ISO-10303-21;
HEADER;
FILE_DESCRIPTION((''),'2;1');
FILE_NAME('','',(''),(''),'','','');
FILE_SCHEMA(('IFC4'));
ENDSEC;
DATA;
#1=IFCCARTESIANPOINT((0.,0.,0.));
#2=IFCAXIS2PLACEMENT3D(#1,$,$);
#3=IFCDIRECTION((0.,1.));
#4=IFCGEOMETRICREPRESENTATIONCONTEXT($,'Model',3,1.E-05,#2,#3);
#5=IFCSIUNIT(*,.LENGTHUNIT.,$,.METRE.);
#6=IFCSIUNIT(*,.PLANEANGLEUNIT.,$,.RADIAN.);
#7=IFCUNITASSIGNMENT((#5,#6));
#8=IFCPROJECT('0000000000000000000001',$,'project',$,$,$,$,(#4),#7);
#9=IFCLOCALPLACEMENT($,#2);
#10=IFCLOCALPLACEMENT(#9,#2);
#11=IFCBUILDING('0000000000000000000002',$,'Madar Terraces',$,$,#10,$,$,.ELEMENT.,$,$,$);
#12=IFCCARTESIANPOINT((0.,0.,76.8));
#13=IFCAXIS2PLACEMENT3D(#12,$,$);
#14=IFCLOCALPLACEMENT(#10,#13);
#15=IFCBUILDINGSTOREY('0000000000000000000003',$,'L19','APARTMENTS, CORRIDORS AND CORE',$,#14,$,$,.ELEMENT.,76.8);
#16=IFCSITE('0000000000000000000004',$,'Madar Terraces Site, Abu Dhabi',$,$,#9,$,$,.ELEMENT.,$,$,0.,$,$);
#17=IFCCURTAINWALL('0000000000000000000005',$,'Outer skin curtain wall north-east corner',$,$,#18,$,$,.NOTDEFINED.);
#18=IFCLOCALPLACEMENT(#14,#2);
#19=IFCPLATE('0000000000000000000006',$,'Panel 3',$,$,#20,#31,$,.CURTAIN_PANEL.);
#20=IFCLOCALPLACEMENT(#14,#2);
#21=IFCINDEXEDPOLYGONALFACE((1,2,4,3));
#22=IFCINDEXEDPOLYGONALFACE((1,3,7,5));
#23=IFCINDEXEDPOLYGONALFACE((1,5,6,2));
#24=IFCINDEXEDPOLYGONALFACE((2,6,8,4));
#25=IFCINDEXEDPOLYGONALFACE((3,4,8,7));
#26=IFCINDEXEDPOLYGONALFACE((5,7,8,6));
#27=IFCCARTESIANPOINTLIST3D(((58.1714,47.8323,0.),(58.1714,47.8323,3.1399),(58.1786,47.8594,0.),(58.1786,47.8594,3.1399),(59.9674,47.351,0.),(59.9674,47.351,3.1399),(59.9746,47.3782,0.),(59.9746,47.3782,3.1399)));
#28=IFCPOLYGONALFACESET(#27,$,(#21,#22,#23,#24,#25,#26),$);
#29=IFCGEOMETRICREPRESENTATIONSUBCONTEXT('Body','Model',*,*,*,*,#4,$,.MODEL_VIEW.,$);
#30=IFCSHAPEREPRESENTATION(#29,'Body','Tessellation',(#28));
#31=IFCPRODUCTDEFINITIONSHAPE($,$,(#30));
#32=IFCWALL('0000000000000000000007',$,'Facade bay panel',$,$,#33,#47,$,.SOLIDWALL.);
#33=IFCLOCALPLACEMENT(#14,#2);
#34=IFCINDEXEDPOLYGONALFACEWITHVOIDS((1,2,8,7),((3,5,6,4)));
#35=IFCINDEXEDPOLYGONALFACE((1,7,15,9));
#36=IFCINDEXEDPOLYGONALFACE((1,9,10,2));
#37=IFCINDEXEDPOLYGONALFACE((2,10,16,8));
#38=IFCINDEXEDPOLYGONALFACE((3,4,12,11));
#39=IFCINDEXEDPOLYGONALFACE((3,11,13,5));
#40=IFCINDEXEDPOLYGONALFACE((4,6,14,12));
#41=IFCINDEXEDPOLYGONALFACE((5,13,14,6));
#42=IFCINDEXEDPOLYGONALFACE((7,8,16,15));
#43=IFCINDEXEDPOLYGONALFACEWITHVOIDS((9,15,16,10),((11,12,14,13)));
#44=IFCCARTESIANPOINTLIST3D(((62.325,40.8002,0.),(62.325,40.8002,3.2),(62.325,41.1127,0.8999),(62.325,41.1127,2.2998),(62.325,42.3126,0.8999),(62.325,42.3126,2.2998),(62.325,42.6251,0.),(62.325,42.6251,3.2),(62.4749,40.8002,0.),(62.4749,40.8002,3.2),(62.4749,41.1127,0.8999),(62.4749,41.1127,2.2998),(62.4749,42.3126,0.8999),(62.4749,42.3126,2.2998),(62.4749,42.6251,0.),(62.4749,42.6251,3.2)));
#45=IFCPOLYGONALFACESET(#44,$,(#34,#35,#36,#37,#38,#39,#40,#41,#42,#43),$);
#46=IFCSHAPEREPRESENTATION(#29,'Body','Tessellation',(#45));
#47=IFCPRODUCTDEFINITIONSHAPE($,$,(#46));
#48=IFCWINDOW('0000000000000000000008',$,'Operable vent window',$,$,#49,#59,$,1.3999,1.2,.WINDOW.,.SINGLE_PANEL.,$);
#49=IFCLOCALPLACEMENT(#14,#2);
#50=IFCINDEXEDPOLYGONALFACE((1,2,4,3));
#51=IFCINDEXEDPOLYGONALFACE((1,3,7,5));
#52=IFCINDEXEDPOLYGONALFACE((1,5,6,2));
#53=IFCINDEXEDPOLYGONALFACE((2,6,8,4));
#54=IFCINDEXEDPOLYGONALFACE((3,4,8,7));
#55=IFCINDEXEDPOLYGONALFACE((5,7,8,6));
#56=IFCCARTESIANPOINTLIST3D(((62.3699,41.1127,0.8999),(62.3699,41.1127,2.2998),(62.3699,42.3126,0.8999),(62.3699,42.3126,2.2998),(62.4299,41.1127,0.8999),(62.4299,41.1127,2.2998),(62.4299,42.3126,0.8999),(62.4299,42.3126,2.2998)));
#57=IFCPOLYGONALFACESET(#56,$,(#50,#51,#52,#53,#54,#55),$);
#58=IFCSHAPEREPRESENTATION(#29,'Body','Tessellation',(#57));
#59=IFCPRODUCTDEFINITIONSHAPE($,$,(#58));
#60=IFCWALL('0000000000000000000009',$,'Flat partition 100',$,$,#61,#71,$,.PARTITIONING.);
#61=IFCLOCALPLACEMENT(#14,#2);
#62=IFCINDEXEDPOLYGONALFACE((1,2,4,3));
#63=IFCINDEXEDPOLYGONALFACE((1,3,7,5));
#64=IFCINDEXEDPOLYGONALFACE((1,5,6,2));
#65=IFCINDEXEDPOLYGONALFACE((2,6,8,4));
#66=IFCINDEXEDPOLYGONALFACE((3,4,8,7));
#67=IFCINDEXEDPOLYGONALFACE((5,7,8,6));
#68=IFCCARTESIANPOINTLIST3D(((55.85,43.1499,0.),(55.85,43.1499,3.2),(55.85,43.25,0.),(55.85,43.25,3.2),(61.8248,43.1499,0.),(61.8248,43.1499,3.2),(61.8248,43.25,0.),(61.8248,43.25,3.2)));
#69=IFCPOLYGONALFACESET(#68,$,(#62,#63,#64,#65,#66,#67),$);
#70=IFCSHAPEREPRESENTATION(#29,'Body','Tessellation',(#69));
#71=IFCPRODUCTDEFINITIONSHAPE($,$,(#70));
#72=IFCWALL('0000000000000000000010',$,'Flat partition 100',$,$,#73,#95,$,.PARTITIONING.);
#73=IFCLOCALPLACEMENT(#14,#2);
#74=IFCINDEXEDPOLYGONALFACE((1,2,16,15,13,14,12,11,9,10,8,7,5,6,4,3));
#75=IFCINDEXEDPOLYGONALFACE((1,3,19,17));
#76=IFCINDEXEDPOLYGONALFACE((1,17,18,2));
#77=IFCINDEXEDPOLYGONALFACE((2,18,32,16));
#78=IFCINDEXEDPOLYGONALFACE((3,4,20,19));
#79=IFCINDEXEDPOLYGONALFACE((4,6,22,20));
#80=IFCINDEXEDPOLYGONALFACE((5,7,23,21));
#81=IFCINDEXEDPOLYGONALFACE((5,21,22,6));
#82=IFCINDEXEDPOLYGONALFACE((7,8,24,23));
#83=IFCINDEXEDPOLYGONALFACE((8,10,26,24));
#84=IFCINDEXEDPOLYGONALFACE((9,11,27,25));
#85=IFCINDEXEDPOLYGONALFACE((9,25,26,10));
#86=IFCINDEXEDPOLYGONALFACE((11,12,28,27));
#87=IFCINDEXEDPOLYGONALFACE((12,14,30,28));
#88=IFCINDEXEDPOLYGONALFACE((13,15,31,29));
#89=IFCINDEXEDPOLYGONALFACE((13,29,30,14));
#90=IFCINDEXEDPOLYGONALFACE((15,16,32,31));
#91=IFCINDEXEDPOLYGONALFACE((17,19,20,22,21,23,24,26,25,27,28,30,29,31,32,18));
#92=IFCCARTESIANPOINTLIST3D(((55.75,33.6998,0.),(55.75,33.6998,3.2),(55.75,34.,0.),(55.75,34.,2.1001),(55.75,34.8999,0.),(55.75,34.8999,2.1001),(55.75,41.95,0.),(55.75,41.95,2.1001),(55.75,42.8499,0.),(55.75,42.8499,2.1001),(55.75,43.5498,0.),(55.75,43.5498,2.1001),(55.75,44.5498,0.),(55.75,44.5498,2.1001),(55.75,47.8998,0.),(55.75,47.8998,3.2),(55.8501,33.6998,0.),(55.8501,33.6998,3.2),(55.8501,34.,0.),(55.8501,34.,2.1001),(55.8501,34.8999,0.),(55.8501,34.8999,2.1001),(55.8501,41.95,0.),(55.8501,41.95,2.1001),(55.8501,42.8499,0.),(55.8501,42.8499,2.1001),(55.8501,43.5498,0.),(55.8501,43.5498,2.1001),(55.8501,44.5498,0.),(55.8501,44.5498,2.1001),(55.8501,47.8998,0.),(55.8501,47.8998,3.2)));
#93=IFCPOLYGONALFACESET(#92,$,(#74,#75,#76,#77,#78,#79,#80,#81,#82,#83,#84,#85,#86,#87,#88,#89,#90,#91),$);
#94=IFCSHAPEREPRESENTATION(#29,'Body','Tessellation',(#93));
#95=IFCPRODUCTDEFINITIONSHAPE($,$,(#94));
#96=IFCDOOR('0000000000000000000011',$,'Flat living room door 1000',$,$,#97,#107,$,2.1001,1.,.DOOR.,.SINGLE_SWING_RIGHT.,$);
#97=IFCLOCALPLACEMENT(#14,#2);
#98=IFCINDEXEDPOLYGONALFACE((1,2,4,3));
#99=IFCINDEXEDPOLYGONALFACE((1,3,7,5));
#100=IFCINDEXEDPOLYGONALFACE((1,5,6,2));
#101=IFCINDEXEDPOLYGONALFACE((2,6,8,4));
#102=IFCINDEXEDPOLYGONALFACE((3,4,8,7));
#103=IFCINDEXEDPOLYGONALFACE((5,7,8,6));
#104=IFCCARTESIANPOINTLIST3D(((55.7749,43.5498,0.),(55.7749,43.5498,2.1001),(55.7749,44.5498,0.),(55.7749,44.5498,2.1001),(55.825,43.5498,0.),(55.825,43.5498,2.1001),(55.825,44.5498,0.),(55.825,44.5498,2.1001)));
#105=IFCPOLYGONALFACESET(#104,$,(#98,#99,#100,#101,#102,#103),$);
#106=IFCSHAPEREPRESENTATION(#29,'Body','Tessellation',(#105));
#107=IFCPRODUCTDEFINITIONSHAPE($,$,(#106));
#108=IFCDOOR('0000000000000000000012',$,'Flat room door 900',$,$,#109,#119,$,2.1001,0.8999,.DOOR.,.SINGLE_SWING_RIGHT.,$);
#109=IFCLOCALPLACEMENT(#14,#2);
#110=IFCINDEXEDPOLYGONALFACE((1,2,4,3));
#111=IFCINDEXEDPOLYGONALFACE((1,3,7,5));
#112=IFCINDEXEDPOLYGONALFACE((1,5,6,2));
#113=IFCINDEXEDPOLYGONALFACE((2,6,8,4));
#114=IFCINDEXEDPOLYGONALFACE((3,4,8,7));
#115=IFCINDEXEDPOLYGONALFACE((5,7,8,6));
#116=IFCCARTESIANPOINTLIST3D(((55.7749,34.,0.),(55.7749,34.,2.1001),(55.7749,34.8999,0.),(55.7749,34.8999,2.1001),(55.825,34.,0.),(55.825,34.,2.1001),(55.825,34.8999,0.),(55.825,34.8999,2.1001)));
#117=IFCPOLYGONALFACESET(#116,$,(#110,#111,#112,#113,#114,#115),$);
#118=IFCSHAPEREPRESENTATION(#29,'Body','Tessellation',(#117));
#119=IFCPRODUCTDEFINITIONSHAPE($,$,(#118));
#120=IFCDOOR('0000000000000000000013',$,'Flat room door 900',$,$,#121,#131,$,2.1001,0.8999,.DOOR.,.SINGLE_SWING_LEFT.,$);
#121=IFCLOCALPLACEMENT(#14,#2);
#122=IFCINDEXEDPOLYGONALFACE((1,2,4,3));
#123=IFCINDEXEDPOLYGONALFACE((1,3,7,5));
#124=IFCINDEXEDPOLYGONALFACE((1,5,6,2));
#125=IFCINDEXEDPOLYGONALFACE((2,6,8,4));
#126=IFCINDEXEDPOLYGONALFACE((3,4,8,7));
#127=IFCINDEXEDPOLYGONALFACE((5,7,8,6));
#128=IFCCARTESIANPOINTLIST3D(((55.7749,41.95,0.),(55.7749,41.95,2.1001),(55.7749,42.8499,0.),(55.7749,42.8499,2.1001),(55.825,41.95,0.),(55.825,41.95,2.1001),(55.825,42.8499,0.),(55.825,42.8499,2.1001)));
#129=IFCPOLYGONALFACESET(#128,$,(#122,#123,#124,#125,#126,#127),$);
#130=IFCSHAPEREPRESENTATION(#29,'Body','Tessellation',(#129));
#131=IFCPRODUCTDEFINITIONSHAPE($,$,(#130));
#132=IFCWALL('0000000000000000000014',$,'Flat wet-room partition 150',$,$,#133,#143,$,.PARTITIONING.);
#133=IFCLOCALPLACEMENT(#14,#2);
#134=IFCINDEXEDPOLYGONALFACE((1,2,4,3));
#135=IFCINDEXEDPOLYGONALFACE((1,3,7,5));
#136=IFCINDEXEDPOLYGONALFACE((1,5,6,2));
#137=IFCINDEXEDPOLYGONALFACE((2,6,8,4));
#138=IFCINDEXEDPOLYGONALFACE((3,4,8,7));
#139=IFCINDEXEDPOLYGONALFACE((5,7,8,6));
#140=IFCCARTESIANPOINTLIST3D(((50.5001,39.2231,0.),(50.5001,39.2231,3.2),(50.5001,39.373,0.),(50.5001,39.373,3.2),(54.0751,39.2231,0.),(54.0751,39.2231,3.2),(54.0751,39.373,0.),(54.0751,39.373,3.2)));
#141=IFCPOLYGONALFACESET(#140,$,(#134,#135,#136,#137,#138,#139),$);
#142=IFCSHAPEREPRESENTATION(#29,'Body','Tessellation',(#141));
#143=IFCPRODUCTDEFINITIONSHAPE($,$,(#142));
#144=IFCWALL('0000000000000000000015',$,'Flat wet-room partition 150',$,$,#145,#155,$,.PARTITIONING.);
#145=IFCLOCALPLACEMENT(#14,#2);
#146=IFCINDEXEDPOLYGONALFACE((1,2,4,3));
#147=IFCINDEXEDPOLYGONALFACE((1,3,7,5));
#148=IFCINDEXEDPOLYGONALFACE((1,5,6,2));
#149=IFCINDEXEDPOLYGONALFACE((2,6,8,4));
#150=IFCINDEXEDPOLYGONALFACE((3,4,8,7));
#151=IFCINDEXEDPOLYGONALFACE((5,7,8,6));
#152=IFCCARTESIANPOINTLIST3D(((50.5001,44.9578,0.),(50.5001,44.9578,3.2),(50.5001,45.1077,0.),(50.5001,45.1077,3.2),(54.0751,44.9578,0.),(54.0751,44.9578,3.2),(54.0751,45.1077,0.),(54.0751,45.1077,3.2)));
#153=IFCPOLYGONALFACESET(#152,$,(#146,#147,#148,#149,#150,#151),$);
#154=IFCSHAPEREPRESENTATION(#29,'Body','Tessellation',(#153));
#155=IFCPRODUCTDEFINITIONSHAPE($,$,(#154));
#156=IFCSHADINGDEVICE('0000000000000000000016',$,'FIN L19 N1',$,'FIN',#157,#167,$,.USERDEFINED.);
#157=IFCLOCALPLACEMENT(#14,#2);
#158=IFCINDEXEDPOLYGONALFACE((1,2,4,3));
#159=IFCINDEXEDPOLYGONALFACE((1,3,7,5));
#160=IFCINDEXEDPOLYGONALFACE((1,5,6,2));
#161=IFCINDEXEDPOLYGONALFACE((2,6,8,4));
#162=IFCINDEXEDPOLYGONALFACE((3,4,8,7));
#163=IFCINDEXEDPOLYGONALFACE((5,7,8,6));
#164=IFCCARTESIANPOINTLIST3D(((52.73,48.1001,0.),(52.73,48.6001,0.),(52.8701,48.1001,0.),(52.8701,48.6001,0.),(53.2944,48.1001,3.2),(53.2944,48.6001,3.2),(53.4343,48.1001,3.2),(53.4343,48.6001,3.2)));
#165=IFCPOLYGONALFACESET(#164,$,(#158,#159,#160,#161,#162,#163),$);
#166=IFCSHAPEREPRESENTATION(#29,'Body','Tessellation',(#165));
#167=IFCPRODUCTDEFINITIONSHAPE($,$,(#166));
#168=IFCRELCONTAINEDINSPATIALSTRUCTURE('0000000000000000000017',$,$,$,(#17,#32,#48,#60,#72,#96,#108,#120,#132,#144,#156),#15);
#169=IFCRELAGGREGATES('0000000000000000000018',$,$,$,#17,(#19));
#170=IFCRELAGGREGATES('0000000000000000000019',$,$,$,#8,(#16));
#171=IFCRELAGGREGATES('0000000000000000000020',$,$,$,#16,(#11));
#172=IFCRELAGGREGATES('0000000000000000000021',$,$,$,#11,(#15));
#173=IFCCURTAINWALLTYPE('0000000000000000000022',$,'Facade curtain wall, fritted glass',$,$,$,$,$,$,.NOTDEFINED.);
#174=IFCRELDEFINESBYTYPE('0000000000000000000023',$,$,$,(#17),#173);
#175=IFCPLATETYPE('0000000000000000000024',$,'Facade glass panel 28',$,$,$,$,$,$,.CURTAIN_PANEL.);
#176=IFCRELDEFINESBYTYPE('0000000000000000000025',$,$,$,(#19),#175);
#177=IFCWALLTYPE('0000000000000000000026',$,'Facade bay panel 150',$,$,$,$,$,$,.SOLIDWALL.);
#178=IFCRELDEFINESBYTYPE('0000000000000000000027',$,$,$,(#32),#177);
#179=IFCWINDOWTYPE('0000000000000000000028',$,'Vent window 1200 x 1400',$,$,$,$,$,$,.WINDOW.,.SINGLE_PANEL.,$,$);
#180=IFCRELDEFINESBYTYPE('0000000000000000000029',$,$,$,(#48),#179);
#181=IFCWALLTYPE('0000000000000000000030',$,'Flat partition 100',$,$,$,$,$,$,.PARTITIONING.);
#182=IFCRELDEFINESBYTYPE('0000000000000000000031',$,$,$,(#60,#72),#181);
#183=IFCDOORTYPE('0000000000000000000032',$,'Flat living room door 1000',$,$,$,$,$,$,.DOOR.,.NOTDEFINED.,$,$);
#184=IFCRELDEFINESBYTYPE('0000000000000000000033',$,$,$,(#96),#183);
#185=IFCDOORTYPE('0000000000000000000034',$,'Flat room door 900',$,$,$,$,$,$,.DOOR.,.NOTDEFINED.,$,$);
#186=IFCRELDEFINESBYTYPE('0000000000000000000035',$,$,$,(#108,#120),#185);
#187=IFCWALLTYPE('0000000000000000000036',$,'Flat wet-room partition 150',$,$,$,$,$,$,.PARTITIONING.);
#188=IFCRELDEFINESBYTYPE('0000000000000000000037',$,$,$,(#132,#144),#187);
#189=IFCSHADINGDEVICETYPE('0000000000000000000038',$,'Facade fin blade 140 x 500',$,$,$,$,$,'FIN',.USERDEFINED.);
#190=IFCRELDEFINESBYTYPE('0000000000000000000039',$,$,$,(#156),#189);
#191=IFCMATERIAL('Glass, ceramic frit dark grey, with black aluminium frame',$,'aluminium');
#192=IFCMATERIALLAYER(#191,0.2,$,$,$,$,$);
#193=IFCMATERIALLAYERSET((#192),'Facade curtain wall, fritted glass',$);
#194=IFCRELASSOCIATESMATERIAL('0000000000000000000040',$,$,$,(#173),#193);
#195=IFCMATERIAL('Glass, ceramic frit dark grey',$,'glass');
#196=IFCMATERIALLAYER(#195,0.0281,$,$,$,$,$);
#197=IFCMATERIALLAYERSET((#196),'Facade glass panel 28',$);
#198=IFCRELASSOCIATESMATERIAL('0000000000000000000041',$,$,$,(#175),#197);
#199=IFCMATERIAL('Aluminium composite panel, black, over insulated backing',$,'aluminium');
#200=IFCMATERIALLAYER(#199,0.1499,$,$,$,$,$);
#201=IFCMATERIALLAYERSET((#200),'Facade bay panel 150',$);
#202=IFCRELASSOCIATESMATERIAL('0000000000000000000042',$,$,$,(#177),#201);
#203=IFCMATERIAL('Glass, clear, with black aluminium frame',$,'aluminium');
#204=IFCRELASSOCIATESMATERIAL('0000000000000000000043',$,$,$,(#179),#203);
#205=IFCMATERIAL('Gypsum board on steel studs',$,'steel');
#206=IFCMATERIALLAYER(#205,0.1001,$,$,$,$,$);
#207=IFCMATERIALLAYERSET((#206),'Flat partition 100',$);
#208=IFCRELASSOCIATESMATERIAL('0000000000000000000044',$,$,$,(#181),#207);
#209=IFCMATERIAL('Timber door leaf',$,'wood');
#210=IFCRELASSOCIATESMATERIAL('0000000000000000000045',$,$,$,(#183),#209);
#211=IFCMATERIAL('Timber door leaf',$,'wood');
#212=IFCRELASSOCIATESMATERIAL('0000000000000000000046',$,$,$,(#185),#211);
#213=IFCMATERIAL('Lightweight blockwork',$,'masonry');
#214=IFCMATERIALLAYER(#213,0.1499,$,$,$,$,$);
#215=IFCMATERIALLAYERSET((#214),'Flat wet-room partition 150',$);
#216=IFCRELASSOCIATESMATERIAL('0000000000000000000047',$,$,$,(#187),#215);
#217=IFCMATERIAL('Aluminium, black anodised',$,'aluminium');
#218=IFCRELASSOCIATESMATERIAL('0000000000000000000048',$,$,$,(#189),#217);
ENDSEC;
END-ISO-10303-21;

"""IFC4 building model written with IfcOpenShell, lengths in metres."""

from ifc_helpers import new_model, si_unit, direction, frame, frame_2d, origin, origin_2d, place, context, subcontext, project, spatial, polyline, rectangle, outline, extrude, material, layer, layer_set, type_object, element, fill, aggregate, save


model = new_model("IFC4")

# Units and contexts
model_context = context("Model", 3, precision=1e-05, world=origin(), true_north=direction((0.0, 1.0)))
body_context = subcontext(model_context, "Body", "Model", "MODEL_VIEW")
ifc_project = project(units=[si_unit("LENGTHUNIT", "METRE"), si_unit("PLANEANGLEUNIT", "RADIAN")], contexts=[model_context])

# Site, building, storey
site_placement = place(None, origin())
site = spatial("IfcSite", under=ifc_project, at=site_placement, Name="Madar Terraces Site, Abu Dhabi", CompositionType="ELEMENT", RefElevation=0.0)
building_placement = place(site_placement, origin())
building = spatial("IfcBuilding", under=site, at=building_placement, Name="Madar Terraces", CompositionType="ELEMENT")
storey_placement = place(building_placement, frame((0.0, 0.0, 76.8)))
storey = spatial("IfcBuildingStorey", under=building, at=storey_placement, Name="L19", Description="APARTMENTS, CORRIDORS AND CORE", CompositionType="ELEMENT", Elevation=76.8)

# Shared definitions
ifc_material_1 = material(Name="Glass, ceramic frit dark grey, with black aluminium frame", Category="aluminium")
ifc_layer_1 = layer(ifc_material_1, 0.2)
ifc_layer_set_1 = layer_set([ifc_layer_1], Name="Facade curtain wall, fritted glass")
curtain_wall_type = type_object("IfcCurtainWallType", Name="Facade curtain wall, fritted glass", PredefinedType="NOTDEFINED", material=ifc_layer_set_1)

# Curtain wall
curtain_wall_1_placement = place(storey_placement, origin())
curtain_wall_1 = element("IfcCurtainWall", 1, at=curtain_wall_1_placement, inside=storey, type_object=curtain_wall_type, Name="Outer skin curtain wall north-east corner", PredefinedType="NOTDEFINED")

# Shared definitions
ifc_material_2 = material(Name="Glass, ceramic frit dark grey", Category="glass")
ifc_layer_2 = layer(ifc_material_2, 0.0281)
ifc_layer_set_2 = layer_set([ifc_layer_2], Name="Facade glass panel 28")
plate_type = type_object("IfcPlateType", Name="Facade glass panel 28", PredefinedType="CURTAIN_PANEL", material=ifc_layer_set_2)

# Plate
plate_1_placement = place(storey_placement, frame((59.073, 47.6052, 0.0), z_axis=(0.0, 0.0, 1.0), x_axis=(-0.965926, 0.258819, 0.0)))
plate_1 = element("IfcPlate", 2, at=plate_1_placement, type_object=plate_type, Name="Panel 3", PredefinedType="CURTAIN_PANEL", context=body_context, shape_type="SweptSolid", body=[
    extrude(rectangle(XDim=1.8594, YDim=0.0281, at=origin_2d()), origin(), (0.0, 0.0, 1.0), 3.1399),
])
aggregate(curtain_wall_1, [plate_1])

# Wall, opening, window
ifc_material_3 = material(Name="Aluminium composite panel, black, over insulated backing", Category="aluminium")
ifc_layer_3 = layer(ifc_material_3, 0.1499)
ifc_layer_set_3 = layer_set([ifc_layer_3], Name="Facade bay panel 150")
wall_type_1 = type_object("IfcWallType", Name="Facade bay panel 150", PredefinedType="SOLIDWALL", material=ifc_layer_set_3)
wall_1_placement = place(storey_placement, frame((62.3999, 40.8, 0.0), z_axis=(0.0, 0.0, 1.0), x_axis=(0.0, 1.0, 0.0)))
wall_1 = element("IfcWall", 3, at=wall_1_placement, inside=storey, type_object=wall_type_1, Name="Facade bay panel", PredefinedType="SOLIDWALL", context=body_context, shape_type="SweptSolid", body=[
    extrude(rectangle(XDim=1.825, YDim=0.1499, at=frame_2d((0.9126, 0.0))), origin(), (0.0, 0.0, 1.0), 3.2),
])
opening_1_placement = place(wall_1_placement, frame((0.3125, 0.0, 0.8999)))
opening_1 = element("IfcOpeningElement", 4, at=opening_1_placement, cuts=wall_1, PredefinedType="OPENING", context=body_context, shape_type="SweptSolid", body=[
    extrude(rectangle(XDim=1.2, YDim=1.3999, at=frame_2d((0.6001, 0.7))), frame((0.0, 0.085, 0.0), z_axis=(0.0, -1.0, 0.0), x_axis=(1.0, 0.0, 0.0)), (0.0, 0.0, 1.0), 0.1699),
])
ifc_material_4 = material(Name="Glass, clear, with black aluminium frame", Category="aluminium")
window_type = type_object("IfcWindowType", Name="Vent window 1200 x 1400", PartitioningType="SINGLE_PANEL", PredefinedType="WINDOW", material=ifc_material_4)
window_placement = place(opening_1_placement, origin())
window = element("IfcWindow", 5, at=window_placement, inside=storey, type_object=window_type, Name="Operable vent window", OverallHeight=1.3999, OverallWidth=1.2, PartitioningType="SINGLE_PANEL", PredefinedType="WINDOW", context=body_context, shape_type="SweptSolid", body=[
    extrude(rectangle(XDim=1.2, YDim=1.3999, at=frame_2d((0.6001, 0.7))), frame((0.0, 0.03, 0.0), z_axis=(0.0, -1.0, 0.0), x_axis=(1.0, 0.0, 0.0)), (0.0, 0.0, 1.0), 0.0601),
])
fill(opening_1, window)

# Wall
ifc_material_5 = material(Name="Gypsum board on steel studs", Category="steel")
ifc_layer_4 = layer(ifc_material_5, 0.1001)
ifc_layer_set_4 = layer_set([ifc_layer_4], Name="Flat partition 100")
wall_type_2 = type_object("IfcWallType", Name="Flat partition 100", PredefinedType="PARTITIONING", material=ifc_layer_set_4)
wall_2_placement = place(storey_placement, frame((55.8501, 43.2, 0.0), z_axis=(0.0, 0.0, 1.0), x_axis=(1.0, 0.0, 0.0)))
element("IfcWall", 6, at=wall_2_placement, inside=storey, type_object=wall_type_2, Name="Flat partition 100", PredefinedType="PARTITIONING", context=body_context, shape_type="SweptSolid", body=[
    extrude(rectangle(XDim=5.9749, YDim=0.1001, at=frame_2d((2.9873, 0.0))), origin(), (0.0, 0.0, 1.0), 3.2),
])

# Wall, openings, doors
wall_3_placement = place(storey_placement, frame((55.8, 47.8999, 0.0), z_axis=(0.0, 0.0, 1.0), x_axis=(0.0, -1.0, 0.0)))
wall_3 = element("IfcWall", 7, at=wall_3_placement, inside=storey, type_object=wall_type_2, Name="Flat partition 100", PredefinedType="PARTITIONING", context=body_context, shape_type="SweptSolid", body=[
    extrude(rectangle(XDim=14.2, YDim=0.1001, at=frame_2d((7.1001, 0.0))), origin(), (0.0, 0.0, 1.0), 3.2),
])
opening_2_placement = place(wall_3_placement, frame((13.0, 0.0, 0.0)))
opening_2 = element("IfcOpeningElement", 8, at=opening_2_placement, cuts=wall_3, PredefinedType="OPENING", context=body_context, shape_type="SweptSolid", body=[
    extrude(rectangle(XDim=0.8999, YDim=2.1001, at=frame_2d((0.45, 1.05))), frame((0.0, 0.0601, 0.0), z_axis=(0.0, -1.0, 0.0), x_axis=(1.0, 0.0, 0.0)), (0.0, 0.0, 1.0), 0.1201),
])
opening_3_placement = place(wall_3_placement, frame((5.05, 0.0, 0.0)))
opening_3 = element("IfcOpeningElement", 9, at=opening_3_placement, cuts=wall_3, PredefinedType="OPENING", context=body_context, shape_type="SweptSolid", body=[
    extrude(rectangle(XDim=0.8999, YDim=2.1001, at=frame_2d((0.45, 1.05))), frame((0.0, 0.0601, 0.0), z_axis=(0.0, -1.0, 0.0), x_axis=(1.0, 0.0, 0.0)), (0.0, 0.0, 1.0), 0.1201),
])
opening_4_placement = place(wall_3_placement, frame((3.3501, 0.0, 0.0)))
opening_4 = element("IfcOpeningElement", 10, at=opening_4_placement, cuts=wall_3, PredefinedType="OPENING", context=body_context, shape_type="SweptSolid", body=[
    extrude(rectangle(XDim=1.0, YDim=2.1001, at=frame_2d((0.5, 1.05))), frame((0.0, 0.0601, 0.0), z_axis=(0.0, -1.0, 0.0), x_axis=(1.0, 0.0, 0.0)), (0.0, 0.0, 1.0), 0.1201),
])
ifc_material_6 = material(Name="Timber door leaf", Category="wood")
door_type_1 = type_object("IfcDoorType", Name="Flat living room door 1000", OperationType="NOTDEFINED", PredefinedType="DOOR", material=ifc_material_6)
door_1_placement = place(opening_4_placement, origin())
door_1 = element("IfcDoor", 11, at=door_1_placement, inside=storey, type_object=door_type_1, Name="Flat living room door 1000", OperationType="SINGLE_SWING_RIGHT", OverallHeight=2.1001, OverallWidth=1.0, PredefinedType="DOOR", context=body_context, shape_type="SweptSolid", body=[
    extrude(rectangle(XDim=1.0, YDim=2.1001, at=frame_2d((0.5, 1.05))), frame((0.0, 0.0249, 0.0), z_axis=(0.0, -1.0, 0.0), x_axis=(1.0, 0.0, 0.0)), (0.0, 0.0, 1.0), 0.05),
])
fill(opening_4, door_1)
ifc_material_7 = material(Name="Timber door leaf", Category="wood")
door_type_2 = type_object("IfcDoorType", Name="Flat room door 900", OperationType="NOTDEFINED", PredefinedType="DOOR", material=ifc_material_7)
door_2_placement = place(opening_2_placement, origin())
door_2 = element("IfcDoor", 12, at=door_2_placement, inside=storey, type_object=door_type_2, Name="Flat room door 900", OperationType="SINGLE_SWING_RIGHT", OverallHeight=2.1001, OverallWidth=0.8999, PredefinedType="DOOR", context=body_context, shape_type="SweptSolid", body=[
    extrude(rectangle(XDim=0.8999, YDim=2.1001, at=frame_2d((0.45, 1.05))), frame((0.0, 0.0249, 0.0), z_axis=(0.0, -1.0, 0.0), x_axis=(1.0, 0.0, 0.0)), (0.0, 0.0, 1.0), 0.05),
])
fill(opening_2, door_2)
door_3_placement = place(opening_3_placement, origin())
door_3 = element("IfcDoor", 13, at=door_3_placement, inside=storey, type_object=door_type_2, Name="Flat room door 900", OperationType="SINGLE_SWING_LEFT", OverallHeight=2.1001, OverallWidth=0.8999, PredefinedType="DOOR", context=body_context, shape_type="SweptSolid", body=[
    extrude(rectangle(XDim=0.8999, YDim=2.1001, at=frame_2d((0.45, 1.05))), frame((0.0, 0.0249, 0.0), z_axis=(0.0, -1.0, 0.0), x_axis=(1.0, 0.0, 0.0)), (0.0, 0.0, 1.0), 0.05),
])
fill(opening_3, door_3)

# Walls
ifc_material_8 = material(Name="Lightweight blockwork", Category="masonry")
ifc_layer_5 = layer(ifc_material_8, 0.1499)
ifc_layer_set_5 = layer_set([ifc_layer_5], Name="Flat wet-room partition 150")
wall_type_3 = type_object("IfcWallType", Name="Flat wet-room partition 150", PredefinedType="PARTITIONING", material=ifc_layer_set_5)
for number, where, z_axis, x_axis, name in (
    (14, (50.5, 39.2981, 0.0), (0.0, 0.0, 1.0), (1.0, 0.0, 0.0), "Flat wet-room partition 150"),
    (15, (50.5, 45.0327, 0.0), (0.0, 0.0, 1.0), (1.0, 0.0, 0.0), "Flat wet-room partition 150"),
):
    element("IfcWall", number, at=place(storey_placement, frame(where, z_axis=z_axis, x_axis=x_axis)), inside=storey, type_object=wall_type_3, Name=name, PredefinedType="PARTITIONING", context=body_context, shape_type="SweptSolid", body=[
        extrude(rectangle(XDim=3.575, YDim=0.1499, at=frame_2d((1.7876, 0.0))), origin(), (0.0, 0.0, 1.0), 3.2),
    ])

# Shading device
ifc_material_9 = material(Name="Aluminium, black anodised", Category="aluminium")
shading_device_type = type_object("IfcShadingDeviceType", Name="Facade fin blade 140 x 500", ElementType="FIN", PredefinedType="USERDEFINED", material=ifc_material_9)
shading_device_placement = place(storey_placement, frame((52.8701, 48.3501, 0.0), z_axis=(0.0, 0.0, 1.0), x_axis=(-1.0, 0.0, 0.0)))
element("IfcShadingDevice", 16, at=shading_device_placement, inside=storey, type_object=shading_device_type, Name="FIN L19 N1", ObjectType="FIN", PredefinedType="USERDEFINED", context=body_context, shape_type="SweptSolid", body=[
    extrude(outline(polyline([(0.0, 0.0), (0.1401, 0.0), (-0.4243, 3.2), (-0.5642, 3.2), (0.0, 0.0)])), frame((0.0, 0.25, 0.0), z_axis=(0.0, -1.0, 0.0), x_axis=(1.0, 0.0, 0.0)), (0.0, 0.0, 1.0), 0.5),
])

save(model, "model.ifc")
